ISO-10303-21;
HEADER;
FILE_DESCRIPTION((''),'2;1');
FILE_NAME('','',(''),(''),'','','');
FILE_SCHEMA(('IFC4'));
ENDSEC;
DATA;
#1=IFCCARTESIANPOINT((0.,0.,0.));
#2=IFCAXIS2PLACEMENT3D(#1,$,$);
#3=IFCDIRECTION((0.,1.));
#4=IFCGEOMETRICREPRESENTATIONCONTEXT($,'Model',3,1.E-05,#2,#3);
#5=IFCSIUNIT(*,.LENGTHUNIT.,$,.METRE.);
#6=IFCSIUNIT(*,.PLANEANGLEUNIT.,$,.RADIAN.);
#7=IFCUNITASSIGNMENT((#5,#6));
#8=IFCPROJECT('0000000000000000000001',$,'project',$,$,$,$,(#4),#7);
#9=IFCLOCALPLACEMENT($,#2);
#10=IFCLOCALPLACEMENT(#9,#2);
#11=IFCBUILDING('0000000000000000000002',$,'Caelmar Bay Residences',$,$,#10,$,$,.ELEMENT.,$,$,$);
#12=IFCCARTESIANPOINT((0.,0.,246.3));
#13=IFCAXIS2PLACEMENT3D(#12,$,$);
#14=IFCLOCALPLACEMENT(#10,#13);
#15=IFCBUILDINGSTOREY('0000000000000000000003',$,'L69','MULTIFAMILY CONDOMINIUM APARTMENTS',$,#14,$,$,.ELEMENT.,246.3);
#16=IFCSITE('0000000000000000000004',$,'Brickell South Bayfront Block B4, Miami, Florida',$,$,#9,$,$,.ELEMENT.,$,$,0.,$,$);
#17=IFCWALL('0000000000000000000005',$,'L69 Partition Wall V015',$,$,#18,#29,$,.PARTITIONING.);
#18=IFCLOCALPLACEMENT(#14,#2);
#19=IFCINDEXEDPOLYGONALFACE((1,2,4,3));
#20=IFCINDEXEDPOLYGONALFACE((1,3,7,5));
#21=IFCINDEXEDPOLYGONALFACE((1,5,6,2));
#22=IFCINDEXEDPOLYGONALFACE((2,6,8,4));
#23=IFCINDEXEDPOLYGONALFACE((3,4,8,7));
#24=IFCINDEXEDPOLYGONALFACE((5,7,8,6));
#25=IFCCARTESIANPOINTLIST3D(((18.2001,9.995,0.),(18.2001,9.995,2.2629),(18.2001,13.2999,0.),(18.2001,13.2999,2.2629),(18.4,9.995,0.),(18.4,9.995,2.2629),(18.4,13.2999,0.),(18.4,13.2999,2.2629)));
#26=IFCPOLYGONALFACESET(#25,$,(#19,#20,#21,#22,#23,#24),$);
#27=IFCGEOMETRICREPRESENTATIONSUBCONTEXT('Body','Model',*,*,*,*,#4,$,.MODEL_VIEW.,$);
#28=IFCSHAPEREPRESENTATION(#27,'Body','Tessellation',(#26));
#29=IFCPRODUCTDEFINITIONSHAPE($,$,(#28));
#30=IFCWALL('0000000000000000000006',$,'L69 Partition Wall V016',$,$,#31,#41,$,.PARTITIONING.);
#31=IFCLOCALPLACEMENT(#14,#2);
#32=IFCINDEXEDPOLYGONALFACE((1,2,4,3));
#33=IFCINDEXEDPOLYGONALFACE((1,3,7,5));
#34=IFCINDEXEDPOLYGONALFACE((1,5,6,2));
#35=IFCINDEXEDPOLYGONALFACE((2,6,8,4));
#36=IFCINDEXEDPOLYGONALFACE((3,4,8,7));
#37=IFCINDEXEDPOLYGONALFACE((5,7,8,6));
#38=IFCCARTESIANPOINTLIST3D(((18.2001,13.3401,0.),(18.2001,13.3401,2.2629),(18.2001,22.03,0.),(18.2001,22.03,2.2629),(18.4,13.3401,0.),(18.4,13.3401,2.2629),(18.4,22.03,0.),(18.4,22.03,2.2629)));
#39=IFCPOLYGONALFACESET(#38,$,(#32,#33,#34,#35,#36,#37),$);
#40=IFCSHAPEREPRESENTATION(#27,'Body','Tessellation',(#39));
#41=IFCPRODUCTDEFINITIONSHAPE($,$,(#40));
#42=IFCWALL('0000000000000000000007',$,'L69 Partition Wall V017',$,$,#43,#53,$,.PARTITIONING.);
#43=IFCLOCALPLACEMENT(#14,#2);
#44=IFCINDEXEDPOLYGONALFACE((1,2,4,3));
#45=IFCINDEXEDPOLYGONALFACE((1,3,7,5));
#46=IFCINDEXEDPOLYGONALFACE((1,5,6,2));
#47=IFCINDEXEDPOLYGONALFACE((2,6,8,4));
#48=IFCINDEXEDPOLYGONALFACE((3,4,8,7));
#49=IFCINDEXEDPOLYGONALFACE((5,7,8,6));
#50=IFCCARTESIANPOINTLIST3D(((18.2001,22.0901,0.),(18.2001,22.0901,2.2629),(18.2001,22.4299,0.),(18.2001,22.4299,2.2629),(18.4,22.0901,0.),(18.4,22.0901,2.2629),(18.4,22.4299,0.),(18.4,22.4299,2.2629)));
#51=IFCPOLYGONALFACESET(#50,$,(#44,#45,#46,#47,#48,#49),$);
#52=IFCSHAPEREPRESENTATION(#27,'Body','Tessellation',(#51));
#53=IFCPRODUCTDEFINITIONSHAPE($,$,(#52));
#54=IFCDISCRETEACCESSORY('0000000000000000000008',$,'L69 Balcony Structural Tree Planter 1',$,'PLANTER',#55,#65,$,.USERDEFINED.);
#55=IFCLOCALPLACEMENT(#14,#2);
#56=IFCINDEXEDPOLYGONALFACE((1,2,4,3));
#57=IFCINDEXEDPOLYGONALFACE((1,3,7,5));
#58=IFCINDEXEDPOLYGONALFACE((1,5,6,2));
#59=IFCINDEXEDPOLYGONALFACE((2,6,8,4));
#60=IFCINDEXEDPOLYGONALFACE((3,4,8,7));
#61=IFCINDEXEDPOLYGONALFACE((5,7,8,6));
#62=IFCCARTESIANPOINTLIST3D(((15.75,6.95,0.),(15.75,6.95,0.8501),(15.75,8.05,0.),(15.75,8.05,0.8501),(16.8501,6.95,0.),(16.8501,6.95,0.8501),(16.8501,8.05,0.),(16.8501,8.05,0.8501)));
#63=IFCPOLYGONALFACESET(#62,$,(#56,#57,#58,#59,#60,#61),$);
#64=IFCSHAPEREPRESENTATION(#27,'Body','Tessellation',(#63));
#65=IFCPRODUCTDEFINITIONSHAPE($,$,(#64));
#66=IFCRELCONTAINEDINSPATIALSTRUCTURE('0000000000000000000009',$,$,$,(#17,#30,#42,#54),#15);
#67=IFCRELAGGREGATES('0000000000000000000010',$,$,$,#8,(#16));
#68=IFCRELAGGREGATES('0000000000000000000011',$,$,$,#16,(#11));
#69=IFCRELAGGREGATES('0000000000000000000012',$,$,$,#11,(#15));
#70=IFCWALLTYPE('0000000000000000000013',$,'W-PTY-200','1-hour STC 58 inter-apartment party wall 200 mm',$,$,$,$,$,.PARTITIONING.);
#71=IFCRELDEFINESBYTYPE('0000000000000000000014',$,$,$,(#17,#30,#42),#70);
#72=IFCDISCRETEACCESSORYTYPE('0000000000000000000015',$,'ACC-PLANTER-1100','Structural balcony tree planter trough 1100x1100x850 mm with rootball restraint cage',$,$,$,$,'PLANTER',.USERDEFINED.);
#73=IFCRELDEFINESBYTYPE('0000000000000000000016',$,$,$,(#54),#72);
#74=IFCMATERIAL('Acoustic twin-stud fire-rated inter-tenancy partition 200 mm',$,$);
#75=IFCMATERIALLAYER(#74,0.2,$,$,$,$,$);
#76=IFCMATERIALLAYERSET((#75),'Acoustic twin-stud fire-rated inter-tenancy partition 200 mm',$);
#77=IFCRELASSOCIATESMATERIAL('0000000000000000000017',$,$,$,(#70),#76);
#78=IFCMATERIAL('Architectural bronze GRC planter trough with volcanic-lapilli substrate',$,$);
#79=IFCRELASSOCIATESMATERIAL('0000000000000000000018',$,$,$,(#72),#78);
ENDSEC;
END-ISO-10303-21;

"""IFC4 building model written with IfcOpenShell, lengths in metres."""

from ifc_helpers import new_model, si_unit, direction, frame, frame_2d, origin, origin_2d, place, context, subcontext, project, spatial, rectangle, extrude, material, layer, layer_set, type_object, element, save


model = new_model("IFC4")

# Units and contexts
model_context = context("Model", 3, precision=1e-05, world=origin(), true_north=direction((0.0, 1.0)))
body_context = subcontext(model_context, "Body", "Model", "MODEL_VIEW")
ifc_project = project(units=[si_unit("LENGTHUNIT", "METRE"), si_unit("PLANEANGLEUNIT", "RADIAN")], contexts=[model_context])

# Site, building, storey
site_placement = place(None, origin())
site = spatial("IfcSite", under=ifc_project, at=site_placement, Name="Brickell South Bayfront Block B4, Miami, Florida", CompositionType="ELEMENT", RefElevation=0.0)
building_placement = place(site_placement, origin())
building = spatial("IfcBuilding", under=site, at=building_placement, Name="Caelmar Bay Residences", CompositionType="ELEMENT")
storey_placement = place(building_placement, frame((0.0, 0.0, 246.3)))
storey = spatial("IfcBuildingStorey", under=building, at=storey_placement, Name="L69", Description="MULTIFAMILY CONDOMINIUM APARTMENTS", CompositionType="ELEMENT", Elevation=246.3)

# Walls
ifc_material_1 = material(Name="Acoustic twin-stud fire-rated inter-tenancy partition 200 mm")
ifc_layer_1 = layer(ifc_material_1, 0.2)
ifc_layer_set_1 = layer_set([ifc_layer_1], Name="Acoustic twin-stud fire-rated inter-tenancy partition 200 mm")
wall_type_1 = type_object("IfcWallType", Name="W-PTY-200", Description="1-hour STC 58 inter-apartment party wall 200 mm", PredefinedType="PARTITIONING", material=ifc_layer_set_1)
wall_1_placement = place(storey_placement, frame((18.3, 9.9951, 0.0), z_axis=(0.0, 0.0, 1.0), x_axis=(0.0, 1.0, 0.0)))
element("IfcWall", 1, at=wall_1_placement, inside=storey, type_object=wall_type_1, Name="L69 Partition Wall V015", PredefinedType="PARTITIONING", context=body_context, shape_type="SweptSolid", body=[
    extrude(rectangle(XDim=3.3049, YDim=0.2, at=frame_2d((1.6523, 0.0))), origin(), (0.0, 0.0, 1.0), 2.2629),
])
wall_2_placement = place(storey_placement, frame((18.3, 13.3401, 0.0), z_axis=(0.0, 0.0, 1.0), x_axis=(0.0, 1.0, 0.0)))
element("IfcWall", 2, at=wall_2_placement, inside=storey, type_object=wall_type_1, Name="L69 Partition Wall V016", PredefinedType="PARTITIONING", context=body_context, shape_type="SweptSolid", body=[
    extrude(rectangle(XDim=8.6899, YDim=0.2, at=frame_2d((4.345, 0.0))), origin(), (0.0, 0.0, 1.0), 2.2629),
])
wall_3_placement = place(storey_placement, frame((18.3, 22.0901, 0.0), z_axis=(0.0, 0.0, 1.0), x_axis=(0.0, 1.0, 0.0)))
element("IfcWall", 3, at=wall_3_placement, inside=storey, type_object=wall_type_1, Name="L69 Partition Wall V017", PredefinedType="PARTITIONING", context=body_context, shape_type="SweptSolid", body=[
    extrude(rectangle(XDim=0.3398, YDim=0.2, at=frame_2d((0.1699, 0.0))), origin(), (0.0, 0.0, 1.0), 2.2629),
])

# Discrete accessory
ifc_material_2 = material(Name="Architectural bronze GRC planter trough with volcanic-lapilli substrate")
discrete_accessory_type = type_object("IfcDiscreteAccessoryType", Name="ACC-PLANTER-1100", Description="Structural balcony tree planter trough 1100x1100x850 mm with rootball restraint cage", ElementType="PLANTER", PredefinedType="USERDEFINED", material=ifc_material_2)
discrete_accessory_placement = place(storey_placement, frame((16.3, 7.5, 0.0), z_axis=(0.0, 0.0, 1.0), x_axis=(1.0, 0.0, 0.0)))
element("IfcDiscreteAccessory", 4, at=discrete_accessory_placement, inside=storey, type_object=discrete_accessory_type, Name="L69 Balcony Structural Tree Planter 1", ObjectType="PLANTER", PredefinedType="USERDEFINED", context=body_context, shape_type="SweptSolid", body=[
    extrude(rectangle(XDim=1.1001, YDim=1.1001, at=origin_2d()), origin(), (0.0, 0.0, 1.0), 0.8501),
])

save(model, "model.ifc")
